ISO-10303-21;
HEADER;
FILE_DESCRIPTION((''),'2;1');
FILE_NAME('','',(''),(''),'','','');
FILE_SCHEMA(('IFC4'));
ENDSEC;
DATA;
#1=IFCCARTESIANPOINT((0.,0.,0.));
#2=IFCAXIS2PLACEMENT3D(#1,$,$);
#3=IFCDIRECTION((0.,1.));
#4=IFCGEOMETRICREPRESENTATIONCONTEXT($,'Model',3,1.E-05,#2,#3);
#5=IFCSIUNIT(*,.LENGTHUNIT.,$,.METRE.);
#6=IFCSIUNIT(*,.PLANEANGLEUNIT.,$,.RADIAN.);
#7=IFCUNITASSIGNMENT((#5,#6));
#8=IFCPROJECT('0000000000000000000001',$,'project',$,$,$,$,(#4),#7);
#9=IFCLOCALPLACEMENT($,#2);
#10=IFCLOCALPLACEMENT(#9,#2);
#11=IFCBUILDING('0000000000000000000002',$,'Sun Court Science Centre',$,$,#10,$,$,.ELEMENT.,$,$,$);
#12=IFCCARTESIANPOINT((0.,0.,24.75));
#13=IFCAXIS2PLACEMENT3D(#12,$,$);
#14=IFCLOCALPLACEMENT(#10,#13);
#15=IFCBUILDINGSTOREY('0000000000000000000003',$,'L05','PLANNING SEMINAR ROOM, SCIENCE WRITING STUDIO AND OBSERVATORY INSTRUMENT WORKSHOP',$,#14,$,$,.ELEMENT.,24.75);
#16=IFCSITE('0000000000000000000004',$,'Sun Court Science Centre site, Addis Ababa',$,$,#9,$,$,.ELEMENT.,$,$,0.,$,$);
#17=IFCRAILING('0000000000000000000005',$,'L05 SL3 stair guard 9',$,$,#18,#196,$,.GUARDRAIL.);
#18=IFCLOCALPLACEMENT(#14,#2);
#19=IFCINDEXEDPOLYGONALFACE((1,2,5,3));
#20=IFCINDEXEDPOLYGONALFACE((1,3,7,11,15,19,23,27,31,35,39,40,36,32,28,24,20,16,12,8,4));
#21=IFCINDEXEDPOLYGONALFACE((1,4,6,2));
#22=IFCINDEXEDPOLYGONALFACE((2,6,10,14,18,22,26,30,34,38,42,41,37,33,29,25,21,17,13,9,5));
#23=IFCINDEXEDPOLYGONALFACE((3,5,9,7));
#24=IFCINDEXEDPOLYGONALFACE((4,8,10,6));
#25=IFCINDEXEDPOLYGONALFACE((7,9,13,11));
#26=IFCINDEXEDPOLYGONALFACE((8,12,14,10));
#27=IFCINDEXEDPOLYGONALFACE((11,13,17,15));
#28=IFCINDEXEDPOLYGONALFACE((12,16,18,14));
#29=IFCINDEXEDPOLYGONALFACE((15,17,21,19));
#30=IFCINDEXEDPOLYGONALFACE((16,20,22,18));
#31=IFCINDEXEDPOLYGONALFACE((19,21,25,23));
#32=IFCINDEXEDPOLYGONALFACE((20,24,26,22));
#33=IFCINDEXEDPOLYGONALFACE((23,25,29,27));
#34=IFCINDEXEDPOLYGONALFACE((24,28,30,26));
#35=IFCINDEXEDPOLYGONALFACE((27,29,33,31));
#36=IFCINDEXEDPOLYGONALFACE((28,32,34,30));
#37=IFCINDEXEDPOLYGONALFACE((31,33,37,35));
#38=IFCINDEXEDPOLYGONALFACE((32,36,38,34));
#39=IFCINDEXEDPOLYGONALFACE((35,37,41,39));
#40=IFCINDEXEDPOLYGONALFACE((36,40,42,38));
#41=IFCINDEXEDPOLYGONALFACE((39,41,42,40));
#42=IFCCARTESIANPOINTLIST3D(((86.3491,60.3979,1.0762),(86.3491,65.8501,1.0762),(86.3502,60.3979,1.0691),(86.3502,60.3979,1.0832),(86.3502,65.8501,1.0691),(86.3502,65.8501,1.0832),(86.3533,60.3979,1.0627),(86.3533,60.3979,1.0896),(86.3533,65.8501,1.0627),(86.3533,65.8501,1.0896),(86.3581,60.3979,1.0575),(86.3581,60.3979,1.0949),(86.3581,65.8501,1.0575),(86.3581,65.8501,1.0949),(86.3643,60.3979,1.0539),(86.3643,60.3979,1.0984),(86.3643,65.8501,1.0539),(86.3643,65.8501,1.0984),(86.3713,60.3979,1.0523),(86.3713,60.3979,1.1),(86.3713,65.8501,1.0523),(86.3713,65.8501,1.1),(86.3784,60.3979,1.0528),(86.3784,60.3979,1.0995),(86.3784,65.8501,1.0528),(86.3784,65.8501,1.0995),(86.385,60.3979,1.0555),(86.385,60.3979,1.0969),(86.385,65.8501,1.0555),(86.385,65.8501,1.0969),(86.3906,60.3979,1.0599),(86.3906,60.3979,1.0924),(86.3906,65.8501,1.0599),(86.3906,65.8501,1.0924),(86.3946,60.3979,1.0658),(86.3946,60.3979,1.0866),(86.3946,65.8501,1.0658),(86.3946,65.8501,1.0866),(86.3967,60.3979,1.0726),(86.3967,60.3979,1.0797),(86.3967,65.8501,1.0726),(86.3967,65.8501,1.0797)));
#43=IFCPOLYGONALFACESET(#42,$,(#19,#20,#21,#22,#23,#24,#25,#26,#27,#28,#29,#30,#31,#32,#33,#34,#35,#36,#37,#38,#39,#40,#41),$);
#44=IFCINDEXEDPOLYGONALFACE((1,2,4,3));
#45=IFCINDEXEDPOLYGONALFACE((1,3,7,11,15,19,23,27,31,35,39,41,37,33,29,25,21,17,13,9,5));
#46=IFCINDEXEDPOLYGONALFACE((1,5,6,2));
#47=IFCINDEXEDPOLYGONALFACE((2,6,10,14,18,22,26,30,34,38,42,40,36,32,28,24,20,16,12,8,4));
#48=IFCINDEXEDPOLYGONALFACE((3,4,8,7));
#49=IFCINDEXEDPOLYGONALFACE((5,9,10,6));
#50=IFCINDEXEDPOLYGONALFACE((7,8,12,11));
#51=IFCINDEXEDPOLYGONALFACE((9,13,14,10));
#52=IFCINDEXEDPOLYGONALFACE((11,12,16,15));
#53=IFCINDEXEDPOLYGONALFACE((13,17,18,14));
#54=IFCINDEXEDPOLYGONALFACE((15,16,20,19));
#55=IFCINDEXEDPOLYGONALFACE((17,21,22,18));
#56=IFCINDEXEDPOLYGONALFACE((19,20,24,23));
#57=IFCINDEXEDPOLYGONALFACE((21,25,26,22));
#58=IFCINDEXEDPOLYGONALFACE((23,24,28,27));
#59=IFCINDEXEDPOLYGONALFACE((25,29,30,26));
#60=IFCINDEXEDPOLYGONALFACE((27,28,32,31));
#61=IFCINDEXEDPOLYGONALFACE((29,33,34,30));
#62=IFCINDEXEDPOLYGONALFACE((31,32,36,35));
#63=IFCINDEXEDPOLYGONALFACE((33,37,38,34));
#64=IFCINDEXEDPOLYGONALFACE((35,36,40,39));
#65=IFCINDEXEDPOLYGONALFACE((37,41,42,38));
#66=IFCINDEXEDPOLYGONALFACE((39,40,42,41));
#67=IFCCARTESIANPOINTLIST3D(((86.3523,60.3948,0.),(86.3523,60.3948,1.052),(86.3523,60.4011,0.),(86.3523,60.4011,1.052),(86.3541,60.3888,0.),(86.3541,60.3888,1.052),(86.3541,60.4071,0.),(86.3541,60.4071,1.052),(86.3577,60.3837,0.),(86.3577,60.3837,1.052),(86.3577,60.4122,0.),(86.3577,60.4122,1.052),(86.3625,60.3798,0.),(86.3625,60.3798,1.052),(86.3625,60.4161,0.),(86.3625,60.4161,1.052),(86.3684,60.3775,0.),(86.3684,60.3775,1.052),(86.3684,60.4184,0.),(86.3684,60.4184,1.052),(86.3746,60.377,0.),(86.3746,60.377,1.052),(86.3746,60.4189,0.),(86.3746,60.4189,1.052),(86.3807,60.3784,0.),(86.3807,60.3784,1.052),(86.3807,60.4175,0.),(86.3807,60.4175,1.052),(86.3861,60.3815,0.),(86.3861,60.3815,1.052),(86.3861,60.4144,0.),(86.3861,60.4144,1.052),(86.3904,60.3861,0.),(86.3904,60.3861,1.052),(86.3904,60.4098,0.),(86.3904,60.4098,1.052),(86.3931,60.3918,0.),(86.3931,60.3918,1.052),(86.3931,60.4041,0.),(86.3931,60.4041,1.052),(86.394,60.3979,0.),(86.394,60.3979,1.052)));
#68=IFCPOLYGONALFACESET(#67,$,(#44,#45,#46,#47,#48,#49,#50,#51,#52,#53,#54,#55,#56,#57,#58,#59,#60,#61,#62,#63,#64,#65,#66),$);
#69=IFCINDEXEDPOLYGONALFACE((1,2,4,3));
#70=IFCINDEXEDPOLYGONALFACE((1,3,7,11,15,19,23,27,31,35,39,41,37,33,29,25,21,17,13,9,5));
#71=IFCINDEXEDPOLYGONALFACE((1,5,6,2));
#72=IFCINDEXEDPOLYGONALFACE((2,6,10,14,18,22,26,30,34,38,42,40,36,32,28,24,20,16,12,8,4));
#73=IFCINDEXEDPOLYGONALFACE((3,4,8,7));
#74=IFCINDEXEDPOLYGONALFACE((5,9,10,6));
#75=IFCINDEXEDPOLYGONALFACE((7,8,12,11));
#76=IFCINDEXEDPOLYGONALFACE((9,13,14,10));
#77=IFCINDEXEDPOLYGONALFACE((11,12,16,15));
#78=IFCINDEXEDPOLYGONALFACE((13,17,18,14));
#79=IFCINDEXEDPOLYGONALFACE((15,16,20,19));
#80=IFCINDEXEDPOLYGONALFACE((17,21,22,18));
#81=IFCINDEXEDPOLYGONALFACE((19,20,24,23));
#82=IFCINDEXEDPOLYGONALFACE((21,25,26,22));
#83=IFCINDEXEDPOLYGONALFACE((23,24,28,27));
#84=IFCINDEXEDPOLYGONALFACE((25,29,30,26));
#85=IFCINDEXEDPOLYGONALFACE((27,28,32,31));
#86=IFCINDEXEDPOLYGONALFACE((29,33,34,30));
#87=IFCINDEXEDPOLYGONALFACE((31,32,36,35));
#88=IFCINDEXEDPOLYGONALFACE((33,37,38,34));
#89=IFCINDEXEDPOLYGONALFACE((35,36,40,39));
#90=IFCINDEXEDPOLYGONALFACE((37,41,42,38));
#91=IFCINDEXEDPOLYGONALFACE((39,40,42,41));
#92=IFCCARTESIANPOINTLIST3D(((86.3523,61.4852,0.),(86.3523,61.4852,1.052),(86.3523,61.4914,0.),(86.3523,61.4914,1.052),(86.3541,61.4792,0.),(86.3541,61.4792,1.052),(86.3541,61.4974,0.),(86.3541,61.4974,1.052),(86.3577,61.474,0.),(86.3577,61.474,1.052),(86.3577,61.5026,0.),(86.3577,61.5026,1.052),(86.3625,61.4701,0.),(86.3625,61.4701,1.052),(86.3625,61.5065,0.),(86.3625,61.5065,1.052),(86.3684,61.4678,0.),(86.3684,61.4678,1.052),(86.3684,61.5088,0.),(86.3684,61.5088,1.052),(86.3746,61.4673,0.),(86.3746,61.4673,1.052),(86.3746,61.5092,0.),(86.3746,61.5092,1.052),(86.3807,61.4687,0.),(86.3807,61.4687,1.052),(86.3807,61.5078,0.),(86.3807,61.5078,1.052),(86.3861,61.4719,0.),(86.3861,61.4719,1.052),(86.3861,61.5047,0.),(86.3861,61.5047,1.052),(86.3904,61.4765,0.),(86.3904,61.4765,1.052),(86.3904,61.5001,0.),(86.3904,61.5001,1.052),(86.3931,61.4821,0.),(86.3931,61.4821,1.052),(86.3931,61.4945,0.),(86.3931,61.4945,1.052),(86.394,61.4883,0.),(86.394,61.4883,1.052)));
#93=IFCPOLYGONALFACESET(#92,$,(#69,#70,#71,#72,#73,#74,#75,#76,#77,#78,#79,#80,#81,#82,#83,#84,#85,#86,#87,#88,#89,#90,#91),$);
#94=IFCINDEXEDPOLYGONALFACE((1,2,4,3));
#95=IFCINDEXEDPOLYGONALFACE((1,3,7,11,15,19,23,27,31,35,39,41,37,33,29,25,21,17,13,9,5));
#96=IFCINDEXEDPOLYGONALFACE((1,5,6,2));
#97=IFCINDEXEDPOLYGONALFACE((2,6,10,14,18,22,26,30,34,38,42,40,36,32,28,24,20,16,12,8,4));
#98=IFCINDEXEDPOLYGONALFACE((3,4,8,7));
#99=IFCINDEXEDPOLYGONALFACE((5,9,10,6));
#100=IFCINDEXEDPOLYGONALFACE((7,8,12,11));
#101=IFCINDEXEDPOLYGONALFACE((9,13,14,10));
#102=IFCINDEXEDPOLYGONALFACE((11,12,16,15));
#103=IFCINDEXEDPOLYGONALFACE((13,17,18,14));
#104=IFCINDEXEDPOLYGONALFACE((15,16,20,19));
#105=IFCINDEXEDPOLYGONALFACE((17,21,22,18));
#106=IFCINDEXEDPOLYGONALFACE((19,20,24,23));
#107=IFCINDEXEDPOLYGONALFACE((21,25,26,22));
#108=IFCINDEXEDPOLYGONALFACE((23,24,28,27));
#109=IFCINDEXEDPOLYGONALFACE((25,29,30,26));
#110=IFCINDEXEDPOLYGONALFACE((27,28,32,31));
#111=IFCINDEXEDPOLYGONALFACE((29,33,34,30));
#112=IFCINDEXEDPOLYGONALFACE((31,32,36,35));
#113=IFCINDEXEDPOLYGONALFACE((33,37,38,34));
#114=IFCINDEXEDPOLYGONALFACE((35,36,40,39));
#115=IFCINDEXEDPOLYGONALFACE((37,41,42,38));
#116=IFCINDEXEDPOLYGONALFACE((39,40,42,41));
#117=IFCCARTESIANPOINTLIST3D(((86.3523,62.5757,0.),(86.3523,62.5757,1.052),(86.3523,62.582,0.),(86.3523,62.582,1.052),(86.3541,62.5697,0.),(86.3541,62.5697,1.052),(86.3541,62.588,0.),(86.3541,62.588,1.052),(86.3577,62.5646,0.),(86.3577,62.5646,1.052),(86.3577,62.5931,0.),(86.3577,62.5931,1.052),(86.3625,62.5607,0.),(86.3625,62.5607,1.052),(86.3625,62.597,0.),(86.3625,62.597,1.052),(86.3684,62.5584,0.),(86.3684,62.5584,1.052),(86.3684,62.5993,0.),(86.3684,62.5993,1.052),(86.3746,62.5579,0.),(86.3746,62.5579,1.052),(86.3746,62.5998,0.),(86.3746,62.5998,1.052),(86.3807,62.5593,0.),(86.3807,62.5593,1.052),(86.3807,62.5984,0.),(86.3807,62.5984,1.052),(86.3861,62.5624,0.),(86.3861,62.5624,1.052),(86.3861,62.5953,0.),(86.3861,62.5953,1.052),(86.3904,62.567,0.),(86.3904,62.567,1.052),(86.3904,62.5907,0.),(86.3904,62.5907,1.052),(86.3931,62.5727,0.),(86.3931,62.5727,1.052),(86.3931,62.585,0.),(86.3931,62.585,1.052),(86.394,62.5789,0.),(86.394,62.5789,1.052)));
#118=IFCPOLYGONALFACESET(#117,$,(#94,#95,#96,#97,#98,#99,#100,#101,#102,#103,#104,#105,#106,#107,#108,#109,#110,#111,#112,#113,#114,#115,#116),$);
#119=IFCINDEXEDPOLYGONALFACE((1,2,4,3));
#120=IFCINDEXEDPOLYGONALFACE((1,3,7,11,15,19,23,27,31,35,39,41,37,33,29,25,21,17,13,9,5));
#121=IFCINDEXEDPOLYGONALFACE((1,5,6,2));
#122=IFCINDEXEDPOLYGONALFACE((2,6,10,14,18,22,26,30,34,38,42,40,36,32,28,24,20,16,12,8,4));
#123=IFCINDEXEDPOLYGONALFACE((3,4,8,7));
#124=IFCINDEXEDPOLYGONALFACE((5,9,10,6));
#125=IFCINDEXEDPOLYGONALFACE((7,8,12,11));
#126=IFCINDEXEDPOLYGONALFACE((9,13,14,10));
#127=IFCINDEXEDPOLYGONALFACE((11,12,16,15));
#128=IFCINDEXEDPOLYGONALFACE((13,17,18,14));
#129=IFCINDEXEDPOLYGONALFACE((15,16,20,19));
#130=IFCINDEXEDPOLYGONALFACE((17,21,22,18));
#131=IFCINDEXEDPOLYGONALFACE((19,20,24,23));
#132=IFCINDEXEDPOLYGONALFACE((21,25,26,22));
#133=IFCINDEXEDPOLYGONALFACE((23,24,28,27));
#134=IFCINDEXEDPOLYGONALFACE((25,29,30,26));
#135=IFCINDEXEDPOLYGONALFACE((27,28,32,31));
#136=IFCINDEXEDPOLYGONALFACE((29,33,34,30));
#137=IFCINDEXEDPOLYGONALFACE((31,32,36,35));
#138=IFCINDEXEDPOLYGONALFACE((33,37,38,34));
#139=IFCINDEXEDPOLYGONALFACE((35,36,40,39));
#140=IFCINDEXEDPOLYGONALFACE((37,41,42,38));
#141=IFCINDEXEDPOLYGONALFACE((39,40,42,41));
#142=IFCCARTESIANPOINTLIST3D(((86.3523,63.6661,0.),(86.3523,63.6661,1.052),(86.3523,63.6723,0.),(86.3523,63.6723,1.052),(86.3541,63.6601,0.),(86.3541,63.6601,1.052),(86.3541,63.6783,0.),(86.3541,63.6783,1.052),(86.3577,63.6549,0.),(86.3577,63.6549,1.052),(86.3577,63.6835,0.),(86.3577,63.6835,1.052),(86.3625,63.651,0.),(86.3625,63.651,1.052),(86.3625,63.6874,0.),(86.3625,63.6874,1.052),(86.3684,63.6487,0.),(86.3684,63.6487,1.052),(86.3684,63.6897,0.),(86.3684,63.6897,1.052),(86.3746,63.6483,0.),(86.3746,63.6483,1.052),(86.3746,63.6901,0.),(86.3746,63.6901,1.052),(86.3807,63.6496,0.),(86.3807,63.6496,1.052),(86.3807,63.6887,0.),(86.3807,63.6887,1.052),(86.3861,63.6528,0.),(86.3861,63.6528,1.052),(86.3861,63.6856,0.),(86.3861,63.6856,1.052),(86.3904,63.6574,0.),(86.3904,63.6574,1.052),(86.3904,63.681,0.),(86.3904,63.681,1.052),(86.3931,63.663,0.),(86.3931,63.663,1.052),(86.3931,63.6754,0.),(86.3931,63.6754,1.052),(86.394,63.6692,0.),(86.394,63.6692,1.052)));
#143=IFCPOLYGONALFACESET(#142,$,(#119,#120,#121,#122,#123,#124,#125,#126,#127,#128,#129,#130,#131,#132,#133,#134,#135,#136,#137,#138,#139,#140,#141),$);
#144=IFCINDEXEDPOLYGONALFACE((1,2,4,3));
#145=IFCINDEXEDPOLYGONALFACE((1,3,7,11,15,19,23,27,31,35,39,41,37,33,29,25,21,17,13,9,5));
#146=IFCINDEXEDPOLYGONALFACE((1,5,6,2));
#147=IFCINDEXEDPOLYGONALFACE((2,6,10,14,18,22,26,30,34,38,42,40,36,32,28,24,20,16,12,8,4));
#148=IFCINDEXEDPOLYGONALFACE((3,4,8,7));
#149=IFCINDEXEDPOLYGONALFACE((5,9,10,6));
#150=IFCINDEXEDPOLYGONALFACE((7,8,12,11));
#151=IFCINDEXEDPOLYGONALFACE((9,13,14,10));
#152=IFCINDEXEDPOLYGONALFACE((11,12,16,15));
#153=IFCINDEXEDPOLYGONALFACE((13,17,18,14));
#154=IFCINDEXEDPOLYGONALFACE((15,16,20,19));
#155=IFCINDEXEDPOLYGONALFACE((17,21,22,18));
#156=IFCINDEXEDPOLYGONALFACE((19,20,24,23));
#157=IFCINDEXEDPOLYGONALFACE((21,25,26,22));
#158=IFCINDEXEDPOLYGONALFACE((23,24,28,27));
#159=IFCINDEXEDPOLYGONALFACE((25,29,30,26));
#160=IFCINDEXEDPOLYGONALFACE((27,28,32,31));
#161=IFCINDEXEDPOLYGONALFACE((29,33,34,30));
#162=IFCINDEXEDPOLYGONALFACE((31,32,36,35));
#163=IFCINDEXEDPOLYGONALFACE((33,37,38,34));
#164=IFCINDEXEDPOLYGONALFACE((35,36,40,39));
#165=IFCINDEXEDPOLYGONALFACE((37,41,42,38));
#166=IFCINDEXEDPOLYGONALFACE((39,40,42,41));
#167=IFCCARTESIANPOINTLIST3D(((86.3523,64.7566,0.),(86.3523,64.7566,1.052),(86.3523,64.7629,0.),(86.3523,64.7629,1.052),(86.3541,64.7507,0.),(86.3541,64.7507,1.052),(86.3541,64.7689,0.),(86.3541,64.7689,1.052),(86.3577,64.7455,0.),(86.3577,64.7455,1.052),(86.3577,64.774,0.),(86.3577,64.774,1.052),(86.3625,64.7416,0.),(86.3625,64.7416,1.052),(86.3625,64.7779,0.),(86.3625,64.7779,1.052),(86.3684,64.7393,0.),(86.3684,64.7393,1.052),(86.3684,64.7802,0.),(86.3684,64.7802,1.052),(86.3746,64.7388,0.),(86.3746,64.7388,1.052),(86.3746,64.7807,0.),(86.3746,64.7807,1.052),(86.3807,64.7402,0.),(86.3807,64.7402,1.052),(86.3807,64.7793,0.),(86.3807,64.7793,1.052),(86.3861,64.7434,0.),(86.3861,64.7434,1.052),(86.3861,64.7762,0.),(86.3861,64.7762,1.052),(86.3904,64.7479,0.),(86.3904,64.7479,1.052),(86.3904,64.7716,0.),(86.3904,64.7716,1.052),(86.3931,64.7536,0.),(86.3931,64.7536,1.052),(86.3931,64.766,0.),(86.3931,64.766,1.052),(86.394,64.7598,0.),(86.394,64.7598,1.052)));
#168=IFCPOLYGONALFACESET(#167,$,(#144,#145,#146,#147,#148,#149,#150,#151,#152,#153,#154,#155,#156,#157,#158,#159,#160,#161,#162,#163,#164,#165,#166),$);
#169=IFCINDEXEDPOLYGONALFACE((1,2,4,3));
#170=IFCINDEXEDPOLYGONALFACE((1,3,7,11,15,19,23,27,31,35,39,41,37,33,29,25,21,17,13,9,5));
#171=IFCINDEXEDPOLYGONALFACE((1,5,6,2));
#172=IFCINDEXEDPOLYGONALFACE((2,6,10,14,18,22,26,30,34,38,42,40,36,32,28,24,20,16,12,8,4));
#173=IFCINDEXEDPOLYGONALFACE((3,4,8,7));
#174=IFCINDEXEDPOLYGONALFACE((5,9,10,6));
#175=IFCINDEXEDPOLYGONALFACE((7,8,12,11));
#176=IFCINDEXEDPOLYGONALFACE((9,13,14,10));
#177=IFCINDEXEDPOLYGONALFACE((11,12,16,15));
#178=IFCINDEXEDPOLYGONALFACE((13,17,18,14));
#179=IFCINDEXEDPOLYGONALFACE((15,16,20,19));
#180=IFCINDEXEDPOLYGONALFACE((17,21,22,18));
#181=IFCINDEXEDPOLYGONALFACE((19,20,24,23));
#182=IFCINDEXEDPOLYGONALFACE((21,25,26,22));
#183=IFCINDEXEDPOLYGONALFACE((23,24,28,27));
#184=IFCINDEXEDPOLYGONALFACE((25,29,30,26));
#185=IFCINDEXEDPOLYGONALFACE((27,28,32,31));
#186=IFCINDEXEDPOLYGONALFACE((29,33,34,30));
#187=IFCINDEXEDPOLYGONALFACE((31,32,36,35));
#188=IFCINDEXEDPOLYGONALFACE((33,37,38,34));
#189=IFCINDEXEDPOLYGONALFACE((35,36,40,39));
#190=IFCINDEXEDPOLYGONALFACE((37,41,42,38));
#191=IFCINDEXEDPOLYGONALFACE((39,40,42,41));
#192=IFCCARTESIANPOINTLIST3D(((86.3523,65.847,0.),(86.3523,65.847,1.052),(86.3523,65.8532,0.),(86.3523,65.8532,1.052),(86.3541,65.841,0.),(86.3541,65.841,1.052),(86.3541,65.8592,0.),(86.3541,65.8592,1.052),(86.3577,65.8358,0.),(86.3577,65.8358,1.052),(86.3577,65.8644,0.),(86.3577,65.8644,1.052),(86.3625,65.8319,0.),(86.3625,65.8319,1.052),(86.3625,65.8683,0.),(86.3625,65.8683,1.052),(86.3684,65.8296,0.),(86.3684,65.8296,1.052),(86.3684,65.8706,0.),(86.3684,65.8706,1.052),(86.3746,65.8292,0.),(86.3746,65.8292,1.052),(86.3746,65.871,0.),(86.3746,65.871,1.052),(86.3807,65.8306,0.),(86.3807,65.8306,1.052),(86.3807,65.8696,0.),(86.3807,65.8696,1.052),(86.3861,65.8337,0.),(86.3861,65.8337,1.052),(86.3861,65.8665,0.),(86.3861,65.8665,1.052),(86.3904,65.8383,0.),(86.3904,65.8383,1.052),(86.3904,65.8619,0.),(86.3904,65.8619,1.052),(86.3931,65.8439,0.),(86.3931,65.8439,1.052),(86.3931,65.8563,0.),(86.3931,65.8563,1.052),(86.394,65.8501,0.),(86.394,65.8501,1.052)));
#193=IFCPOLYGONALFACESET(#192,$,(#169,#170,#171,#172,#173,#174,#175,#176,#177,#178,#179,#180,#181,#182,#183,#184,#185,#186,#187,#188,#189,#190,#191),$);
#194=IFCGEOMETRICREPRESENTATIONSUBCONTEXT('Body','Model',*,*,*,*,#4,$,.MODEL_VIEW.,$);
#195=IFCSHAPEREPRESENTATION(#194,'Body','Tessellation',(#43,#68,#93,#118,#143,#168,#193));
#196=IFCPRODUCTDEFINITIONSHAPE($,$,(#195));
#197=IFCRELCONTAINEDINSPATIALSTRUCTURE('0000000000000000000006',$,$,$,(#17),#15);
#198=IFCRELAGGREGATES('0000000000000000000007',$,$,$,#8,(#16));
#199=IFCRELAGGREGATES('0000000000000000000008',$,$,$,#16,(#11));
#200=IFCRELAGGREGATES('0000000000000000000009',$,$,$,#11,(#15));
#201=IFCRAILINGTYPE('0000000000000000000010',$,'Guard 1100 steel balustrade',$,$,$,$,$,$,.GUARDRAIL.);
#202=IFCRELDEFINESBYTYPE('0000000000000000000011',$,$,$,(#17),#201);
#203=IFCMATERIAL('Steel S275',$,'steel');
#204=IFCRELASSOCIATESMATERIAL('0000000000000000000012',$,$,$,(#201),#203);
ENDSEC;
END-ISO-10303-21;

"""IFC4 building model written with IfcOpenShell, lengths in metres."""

from ifc_helpers import new_model, si_unit, direction, frame, origin, origin_2d, place, context, subcontext, project, spatial, circle, extrude, material, type_object, element, save


model = new_model("IFC4")

# Units and contexts
model_context = context("Model", 3, precision=1e-05, world=origin(), true_north=direction((0.0, 1.0)))
body_context = subcontext(model_context, "Body", "Model", "MODEL_VIEW")
ifc_project = project(units=[si_unit("LENGTHUNIT", "METRE"), si_unit("PLANEANGLEUNIT", "RADIAN")], contexts=[model_context])

# Site, building, storey
site_placement = place(None, origin())
site = spatial("IfcSite", under=ifc_project, at=site_placement, Name="Sun Court Science Centre site, Addis Ababa", CompositionType="ELEMENT", RefElevation=0.0)
building_placement = place(site_placement, origin())
building = spatial("IfcBuilding", under=site, at=building_placement, Name="Sun Court Science Centre", CompositionType="ELEMENT")
storey_placement = place(building_placement, frame((0.0, 0.0, 24.75)))
storey = spatial("IfcBuildingStorey", under=building, at=storey_placement, Name="L05", Description="PLANNING SEMINAR ROOM, SCIENCE WRITING STUDIO AND OBSERVATORY INSTRUMENT WORKSHOP", CompositionType="ELEMENT", Elevation=24.75)

# Railing
ifc_material_1 = material(Name="Steel S275", Category="steel")
railing_type = type_object("IfcRailingType", Name="Guard 1100 steel balustrade", PredefinedType="GUARDRAIL", material=ifc_material_1)
for number, where, name in (
    (1, (86.373, 60.3979, 0.0), "L05 SL3 stair guard 9"),
):
    element("IfcRailing", number, at=place(storey_placement, frame(where)), inside=storey, type_object=railing_type, Name=name, PredefinedType="GUARDRAIL", context=body_context, shape_type="SweptSolid", body=[
        extrude(circle(Radius=0.0239, at=origin_2d()), frame((0.0, 0.0, 1.0762), z_axis=(0.0, 1.0, 0.0), x_axis=(-1.0, 0.0, 0.0)), (0.0, 0.0, 1.0), 5.4521),
        extrude(circle(Radius=0.021, at=origin_2d()), origin(), (0.0, 0.0, 1.0), 1.052),
        extrude(circle(Radius=0.021, at=origin_2d()), frame((0.0, 1.0903, 0.0)), (0.0, 0.0, 1.0), 1.052),
        extrude(circle(Radius=0.021, at=origin_2d()), frame((0.0, 2.1809, 0.0)), (0.0, 0.0, 1.0), 1.052),
        extrude(circle(Radius=0.021, at=origin_2d()), frame((0.0, 3.2712, 0.0)), (0.0, 0.0, 1.0), 1.052),
        extrude(circle(Radius=0.021, at=origin_2d()), frame((0.0, 4.3618, 0.0)), (0.0, 0.0, 1.0), 1.052),
        extrude(circle(Radius=0.021, at=origin_2d()), frame((0.0, 5.4521, 0.0)), (0.0, 0.0, 1.0), 1.052),
    ])

save(model, "model.ifc")
